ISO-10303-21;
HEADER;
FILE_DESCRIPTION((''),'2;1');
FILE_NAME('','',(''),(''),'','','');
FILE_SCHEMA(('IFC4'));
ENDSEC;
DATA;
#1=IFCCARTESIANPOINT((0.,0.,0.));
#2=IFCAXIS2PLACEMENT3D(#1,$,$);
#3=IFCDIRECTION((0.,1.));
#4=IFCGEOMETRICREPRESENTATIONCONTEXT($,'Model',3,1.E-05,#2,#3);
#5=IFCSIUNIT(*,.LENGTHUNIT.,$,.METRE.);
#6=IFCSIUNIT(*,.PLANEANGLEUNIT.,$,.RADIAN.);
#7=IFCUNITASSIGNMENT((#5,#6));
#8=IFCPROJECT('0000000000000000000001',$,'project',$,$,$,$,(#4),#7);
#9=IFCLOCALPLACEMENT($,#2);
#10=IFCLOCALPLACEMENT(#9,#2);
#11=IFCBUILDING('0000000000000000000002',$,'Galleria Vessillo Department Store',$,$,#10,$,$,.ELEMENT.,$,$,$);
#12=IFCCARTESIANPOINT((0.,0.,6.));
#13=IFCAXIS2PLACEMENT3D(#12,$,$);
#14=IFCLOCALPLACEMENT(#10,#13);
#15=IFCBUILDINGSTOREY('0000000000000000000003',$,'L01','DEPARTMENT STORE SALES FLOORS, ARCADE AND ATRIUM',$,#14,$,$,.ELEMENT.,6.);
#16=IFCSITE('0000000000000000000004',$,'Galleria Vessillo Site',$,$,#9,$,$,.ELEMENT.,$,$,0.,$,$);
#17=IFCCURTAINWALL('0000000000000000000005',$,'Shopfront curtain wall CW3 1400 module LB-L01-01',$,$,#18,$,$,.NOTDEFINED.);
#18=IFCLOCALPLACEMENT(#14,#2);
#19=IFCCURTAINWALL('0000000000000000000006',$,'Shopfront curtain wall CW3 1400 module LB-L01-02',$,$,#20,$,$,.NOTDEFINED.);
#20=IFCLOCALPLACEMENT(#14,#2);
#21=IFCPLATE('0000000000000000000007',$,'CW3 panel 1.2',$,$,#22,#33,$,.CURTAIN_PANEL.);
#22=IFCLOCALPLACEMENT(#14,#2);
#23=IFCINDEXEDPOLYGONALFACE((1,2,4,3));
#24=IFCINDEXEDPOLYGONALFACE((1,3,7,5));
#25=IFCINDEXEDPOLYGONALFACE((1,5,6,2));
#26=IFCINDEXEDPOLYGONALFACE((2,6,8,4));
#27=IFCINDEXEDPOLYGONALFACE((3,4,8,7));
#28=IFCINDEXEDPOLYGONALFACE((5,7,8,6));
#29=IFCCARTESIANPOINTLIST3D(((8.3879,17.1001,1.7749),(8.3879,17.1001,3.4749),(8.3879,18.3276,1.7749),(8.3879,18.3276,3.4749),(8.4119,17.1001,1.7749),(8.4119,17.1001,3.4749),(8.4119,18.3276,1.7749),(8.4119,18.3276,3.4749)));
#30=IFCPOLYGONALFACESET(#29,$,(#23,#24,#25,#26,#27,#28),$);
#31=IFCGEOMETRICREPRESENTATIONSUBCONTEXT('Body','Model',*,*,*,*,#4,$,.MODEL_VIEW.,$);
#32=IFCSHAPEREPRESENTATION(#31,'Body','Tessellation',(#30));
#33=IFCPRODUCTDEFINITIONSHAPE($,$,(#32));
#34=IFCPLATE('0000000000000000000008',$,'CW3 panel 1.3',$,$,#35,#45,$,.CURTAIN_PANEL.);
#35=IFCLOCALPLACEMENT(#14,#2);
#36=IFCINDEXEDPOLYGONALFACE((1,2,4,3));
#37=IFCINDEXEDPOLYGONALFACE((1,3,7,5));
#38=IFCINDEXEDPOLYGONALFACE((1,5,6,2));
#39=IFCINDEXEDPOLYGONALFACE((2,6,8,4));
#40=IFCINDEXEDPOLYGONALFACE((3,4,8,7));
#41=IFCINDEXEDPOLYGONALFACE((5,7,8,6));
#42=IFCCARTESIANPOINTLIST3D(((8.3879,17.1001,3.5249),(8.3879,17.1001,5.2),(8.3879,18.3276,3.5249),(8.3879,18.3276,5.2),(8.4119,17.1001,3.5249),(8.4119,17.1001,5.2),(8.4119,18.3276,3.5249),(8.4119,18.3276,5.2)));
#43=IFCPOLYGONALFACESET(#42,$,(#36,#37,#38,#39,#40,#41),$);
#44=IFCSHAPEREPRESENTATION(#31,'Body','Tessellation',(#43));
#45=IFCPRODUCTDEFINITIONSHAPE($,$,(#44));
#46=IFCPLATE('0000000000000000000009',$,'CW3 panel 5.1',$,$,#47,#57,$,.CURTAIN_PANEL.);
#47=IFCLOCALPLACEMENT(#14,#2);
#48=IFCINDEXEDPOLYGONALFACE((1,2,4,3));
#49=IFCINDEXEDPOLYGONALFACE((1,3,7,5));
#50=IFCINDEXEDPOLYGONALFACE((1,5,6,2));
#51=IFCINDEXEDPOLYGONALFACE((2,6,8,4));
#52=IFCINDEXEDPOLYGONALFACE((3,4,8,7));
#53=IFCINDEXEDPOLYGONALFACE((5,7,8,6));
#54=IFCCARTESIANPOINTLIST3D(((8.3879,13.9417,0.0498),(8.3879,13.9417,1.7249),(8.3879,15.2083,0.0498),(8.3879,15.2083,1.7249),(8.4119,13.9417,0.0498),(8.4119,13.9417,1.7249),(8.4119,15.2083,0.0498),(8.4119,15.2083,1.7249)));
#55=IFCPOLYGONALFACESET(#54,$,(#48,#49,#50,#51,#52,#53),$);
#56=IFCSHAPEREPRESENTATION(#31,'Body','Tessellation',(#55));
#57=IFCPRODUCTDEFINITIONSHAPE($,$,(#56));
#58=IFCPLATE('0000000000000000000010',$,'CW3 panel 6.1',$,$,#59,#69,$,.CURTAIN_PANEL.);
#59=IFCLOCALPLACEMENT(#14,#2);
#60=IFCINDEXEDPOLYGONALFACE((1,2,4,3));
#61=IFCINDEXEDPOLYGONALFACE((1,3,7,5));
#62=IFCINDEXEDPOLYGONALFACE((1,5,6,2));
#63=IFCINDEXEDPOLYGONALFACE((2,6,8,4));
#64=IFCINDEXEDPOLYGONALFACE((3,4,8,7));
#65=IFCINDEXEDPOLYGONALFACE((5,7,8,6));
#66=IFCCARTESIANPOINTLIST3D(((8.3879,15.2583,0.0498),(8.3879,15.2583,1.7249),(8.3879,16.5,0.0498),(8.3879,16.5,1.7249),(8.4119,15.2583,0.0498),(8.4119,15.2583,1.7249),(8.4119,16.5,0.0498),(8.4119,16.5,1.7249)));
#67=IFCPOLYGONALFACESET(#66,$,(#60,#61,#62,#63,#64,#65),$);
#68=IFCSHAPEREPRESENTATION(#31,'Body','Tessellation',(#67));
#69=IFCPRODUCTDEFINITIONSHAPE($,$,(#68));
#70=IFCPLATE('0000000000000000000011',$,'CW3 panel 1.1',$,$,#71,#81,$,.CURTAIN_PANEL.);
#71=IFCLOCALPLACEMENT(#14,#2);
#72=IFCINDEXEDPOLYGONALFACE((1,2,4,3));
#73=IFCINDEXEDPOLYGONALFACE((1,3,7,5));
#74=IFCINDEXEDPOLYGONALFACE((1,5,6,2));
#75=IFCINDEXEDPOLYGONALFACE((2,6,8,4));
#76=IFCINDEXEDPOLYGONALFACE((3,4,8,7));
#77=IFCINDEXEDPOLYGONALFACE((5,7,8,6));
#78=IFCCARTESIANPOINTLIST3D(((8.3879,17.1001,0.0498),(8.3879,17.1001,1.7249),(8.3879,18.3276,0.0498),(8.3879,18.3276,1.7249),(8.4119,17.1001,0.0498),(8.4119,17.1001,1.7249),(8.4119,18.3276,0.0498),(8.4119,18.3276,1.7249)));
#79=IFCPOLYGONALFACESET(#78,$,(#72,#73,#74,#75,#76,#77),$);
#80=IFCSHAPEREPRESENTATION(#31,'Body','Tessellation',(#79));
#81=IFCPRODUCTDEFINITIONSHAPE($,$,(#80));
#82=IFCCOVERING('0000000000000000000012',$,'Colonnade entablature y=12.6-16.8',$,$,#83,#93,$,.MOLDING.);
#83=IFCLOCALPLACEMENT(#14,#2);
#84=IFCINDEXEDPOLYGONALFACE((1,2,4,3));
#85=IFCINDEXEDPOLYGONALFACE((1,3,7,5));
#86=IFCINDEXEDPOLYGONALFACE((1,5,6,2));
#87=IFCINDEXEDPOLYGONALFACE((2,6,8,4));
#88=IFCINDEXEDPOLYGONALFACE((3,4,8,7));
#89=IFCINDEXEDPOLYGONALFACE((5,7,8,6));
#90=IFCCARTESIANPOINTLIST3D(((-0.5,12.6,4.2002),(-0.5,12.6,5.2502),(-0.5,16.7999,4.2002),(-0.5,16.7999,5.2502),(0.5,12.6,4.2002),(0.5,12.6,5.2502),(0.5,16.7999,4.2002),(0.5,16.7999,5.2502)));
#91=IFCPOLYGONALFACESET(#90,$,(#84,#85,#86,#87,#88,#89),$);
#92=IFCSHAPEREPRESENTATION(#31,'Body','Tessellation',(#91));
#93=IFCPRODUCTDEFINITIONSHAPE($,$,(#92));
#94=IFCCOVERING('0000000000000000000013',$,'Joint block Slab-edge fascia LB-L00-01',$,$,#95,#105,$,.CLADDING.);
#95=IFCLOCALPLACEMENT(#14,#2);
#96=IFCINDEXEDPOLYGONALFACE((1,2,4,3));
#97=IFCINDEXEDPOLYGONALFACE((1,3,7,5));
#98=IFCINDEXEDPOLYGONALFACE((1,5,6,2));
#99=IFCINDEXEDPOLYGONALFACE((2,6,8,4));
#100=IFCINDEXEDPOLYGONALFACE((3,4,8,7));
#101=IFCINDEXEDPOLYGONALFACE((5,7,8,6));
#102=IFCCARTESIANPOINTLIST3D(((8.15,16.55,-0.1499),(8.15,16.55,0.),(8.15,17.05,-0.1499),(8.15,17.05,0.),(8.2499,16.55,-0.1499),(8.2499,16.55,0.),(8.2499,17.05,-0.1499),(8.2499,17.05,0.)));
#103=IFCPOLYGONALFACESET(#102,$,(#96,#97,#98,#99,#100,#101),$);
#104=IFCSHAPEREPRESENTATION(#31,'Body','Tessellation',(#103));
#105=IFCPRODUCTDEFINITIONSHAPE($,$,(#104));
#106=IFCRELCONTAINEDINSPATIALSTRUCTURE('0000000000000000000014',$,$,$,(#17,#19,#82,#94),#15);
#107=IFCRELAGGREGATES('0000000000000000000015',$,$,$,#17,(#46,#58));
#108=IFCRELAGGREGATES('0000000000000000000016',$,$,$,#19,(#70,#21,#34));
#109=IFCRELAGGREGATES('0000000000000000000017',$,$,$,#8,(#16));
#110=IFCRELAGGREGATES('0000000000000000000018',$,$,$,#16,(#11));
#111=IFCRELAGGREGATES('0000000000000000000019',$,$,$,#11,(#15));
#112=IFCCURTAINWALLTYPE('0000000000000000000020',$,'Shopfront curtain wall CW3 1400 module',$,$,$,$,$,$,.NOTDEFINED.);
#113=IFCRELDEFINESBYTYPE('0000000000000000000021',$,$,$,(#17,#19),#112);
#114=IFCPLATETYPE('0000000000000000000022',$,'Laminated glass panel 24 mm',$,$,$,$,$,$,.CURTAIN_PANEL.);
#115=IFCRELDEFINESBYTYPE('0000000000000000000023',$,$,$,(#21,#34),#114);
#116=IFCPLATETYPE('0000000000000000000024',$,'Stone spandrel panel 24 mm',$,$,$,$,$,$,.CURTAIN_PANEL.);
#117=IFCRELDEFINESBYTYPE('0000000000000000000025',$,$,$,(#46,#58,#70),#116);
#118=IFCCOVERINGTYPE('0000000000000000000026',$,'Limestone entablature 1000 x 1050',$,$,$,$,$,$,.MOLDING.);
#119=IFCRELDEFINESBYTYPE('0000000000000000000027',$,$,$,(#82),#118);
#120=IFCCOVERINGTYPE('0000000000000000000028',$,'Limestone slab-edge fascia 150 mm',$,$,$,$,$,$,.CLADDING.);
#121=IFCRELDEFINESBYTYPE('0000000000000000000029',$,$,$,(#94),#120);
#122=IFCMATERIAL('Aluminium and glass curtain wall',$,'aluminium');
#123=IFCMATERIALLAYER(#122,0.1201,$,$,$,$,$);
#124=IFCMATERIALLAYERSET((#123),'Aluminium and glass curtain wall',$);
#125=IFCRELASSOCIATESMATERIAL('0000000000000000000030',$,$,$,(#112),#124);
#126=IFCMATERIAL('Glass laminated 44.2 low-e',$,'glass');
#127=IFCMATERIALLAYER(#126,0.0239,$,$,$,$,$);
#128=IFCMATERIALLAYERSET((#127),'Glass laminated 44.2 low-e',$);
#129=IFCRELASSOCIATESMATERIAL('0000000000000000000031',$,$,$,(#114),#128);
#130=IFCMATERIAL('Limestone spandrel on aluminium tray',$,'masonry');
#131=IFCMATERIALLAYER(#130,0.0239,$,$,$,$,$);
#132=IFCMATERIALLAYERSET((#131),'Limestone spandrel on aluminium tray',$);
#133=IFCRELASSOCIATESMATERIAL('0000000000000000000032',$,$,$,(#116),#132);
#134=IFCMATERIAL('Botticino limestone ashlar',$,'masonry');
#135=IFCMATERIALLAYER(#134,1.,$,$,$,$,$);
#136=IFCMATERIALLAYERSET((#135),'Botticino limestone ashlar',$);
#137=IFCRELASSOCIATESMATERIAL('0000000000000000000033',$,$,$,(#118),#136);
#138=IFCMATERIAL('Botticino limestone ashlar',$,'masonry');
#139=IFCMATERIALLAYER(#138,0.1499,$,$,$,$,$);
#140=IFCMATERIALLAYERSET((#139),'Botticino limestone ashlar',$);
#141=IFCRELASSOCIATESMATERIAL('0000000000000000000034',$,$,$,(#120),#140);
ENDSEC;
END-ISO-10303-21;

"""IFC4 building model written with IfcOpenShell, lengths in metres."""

from ifc_helpers import new_model, si_unit, direction, frame, origin, origin_2d, place, context, subcontext, project, spatial, rectangle, extrude, material, layer, layer_set, type_object, element, aggregate, save


model = new_model("IFC4")

# Units and contexts
model_context = context("Model", 3, precision=1e-05, world=origin(), true_north=direction((0.0, 1.0)))
body_context = subcontext(model_context, "Body", "Model", "MODEL_VIEW")
ifc_project = project(units=[si_unit("LENGTHUNIT", "METRE"), si_unit("PLANEANGLEUNIT", "RADIAN")], contexts=[model_context])

# Site, building, storey
site_placement = place(None, origin())
site = spatial("IfcSite", under=ifc_project, at=site_placement, Name="Galleria Vessillo Site", CompositionType="ELEMENT", RefElevation=0.0)
building_placement = place(site_placement, origin())
building = spatial("IfcBuilding", under=site, at=building_placement, Name="Galleria Vessillo Department Store", CompositionType="ELEMENT")
storey_placement = place(building_placement, frame((0.0, 0.0, 6.0)))
storey = spatial("IfcBuildingStorey", under=building, at=storey_placement, Name="L01", Description="DEPARTMENT STORE SALES FLOORS, ARCADE AND ATRIUM", CompositionType="ELEMENT", Elevation=6.0)

# Curtain walls
ifc_material_1 = material(Name="Aluminium and glass curtain wall", Category="aluminium")
ifc_layer_1 = layer(ifc_material_1, 0.1201)
ifc_layer_set_1 = layer_set([ifc_layer_1], Name="Aluminium and glass curtain wall")
curtain_wall_type = type_object("IfcCurtainWallType", Name="Shopfront curtain wall CW3 1400 module", PredefinedType="NOTDEFINED", material=ifc_layer_set_1)
curtain_wall_1_placement = place(storey_placement, origin())
curtain_wall_1 = element("IfcCurtainWall", 1, at=curtain_wall_1_placement, inside=storey, type_object=curtain_wall_type, Name="Shopfront curtain wall CW3 1400 module LB-L01-01", PredefinedType="NOTDEFINED")
curtain_wall_2_placement = place(storey_placement, origin())
curtain_wall_2 = element("IfcCurtainWall", 2, at=curtain_wall_2_placement, inside=storey, type_object=curtain_wall_type, Name="Shopfront curtain wall CW3 1400 module LB-L01-02", PredefinedType="NOTDEFINED")

# Plates
ifc_material_2 = material(Name="Glass laminated 44.2 low-e", Category="glass")
ifc_layer_2 = layer(ifc_material_2, 0.0239)
ifc_layer_set_2 = layer_set([ifc_layer_2], Name="Glass laminated 44.2 low-e")
plate_type_1 = type_object("IfcPlateType", Name="Laminated glass panel 24 mm", PredefinedType="CURTAIN_PANEL", material=ifc_layer_set_2)
plate_1_placement = place(storey_placement, frame((8.3999, 17.7139, 1.7749), z_axis=(0.0, 0.0, 1.0), x_axis=(0.0, 1.0, 0.0)))
plate_1 = element("IfcPlate", 3, at=plate_1_placement, type_object=plate_type_1, Name="CW3 panel 1.2", PredefinedType="CURTAIN_PANEL", context=body_context, shape_type="SweptSolid", body=[
    extrude(rectangle(XDim=1.2275, YDim=0.0239, at=origin_2d()), origin(), (0.0, 0.0, 1.0), 1.7),
])
plate_2_placement = place(storey_placement, frame((8.3999, 17.7139, 3.5249), z_axis=(0.0, 0.0, 1.0), x_axis=(0.0, 1.0, 0.0)))
plate_2 = element("IfcPlate", 4, at=plate_2_placement, type_object=plate_type_1, Name="CW3 panel 1.3", PredefinedType="CURTAIN_PANEL", context=body_context, shape_type="SweptSolid", body=[
    extrude(rectangle(XDim=1.2275, YDim=0.0239, at=origin_2d()), origin(), (0.0, 0.0, 1.0), 1.675),
])
ifc_material_3 = material(Name="Limestone spandrel on aluminium tray", Category="masonry")
ifc_layer_3 = layer(ifc_material_3, 0.0239)
ifc_layer_set_3 = layer_set([ifc_layer_3], Name="Limestone spandrel on aluminium tray")
plate_type_2 = type_object("IfcPlateType", Name="Stone spandrel panel 24 mm", PredefinedType="CURTAIN_PANEL", material=ifc_layer_set_3)
plate_3_placement = place(storey_placement, frame((8.3999, 14.575, 0.0498), z_axis=(0.0, 0.0, 1.0), x_axis=(0.0, 1.0, 0.0)))
plate_3 = element("IfcPlate", 5, at=plate_3_placement, type_object=plate_type_2, Name="CW3 panel 5.1", PredefinedType="CURTAIN_PANEL", context=body_context, shape_type="SweptSolid", body=[
    extrude(rectangle(XDim=1.2666, YDim=0.0239, at=origin_2d()), origin(), (0.0, 0.0, 1.0), 1.675),
])
plate_4_placement = place(storey_placement, frame((8.3999, 15.8792, 0.0498), z_axis=(0.0, 0.0, 1.0), x_axis=(0.0, 1.0, 0.0)))
plate_4 = element("IfcPlate", 6, at=plate_4_placement, type_object=plate_type_2, Name="CW3 panel 6.1", PredefinedType="CURTAIN_PANEL", context=body_context, shape_type="SweptSolid", body=[
    extrude(rectangle(XDim=1.2417, YDim=0.0239, at=origin_2d()), origin(), (0.0, 0.0, 1.0), 1.675),
])
aggregate(curtain_wall_1, [plate_3, plate_4])
plate_5_placement = place(storey_placement, frame((8.3999, 17.7139, 0.0498), z_axis=(0.0, 0.0, 1.0), x_axis=(0.0, 1.0, 0.0)))
plate_5 = element("IfcPlate", 7, at=plate_5_placement, type_object=plate_type_2, Name="CW3 panel 1.1", PredefinedType="CURTAIN_PANEL", context=body_context, shape_type="SweptSolid", body=[
    extrude(rectangle(XDim=1.2275, YDim=0.0239, at=origin_2d()), origin(), (0.0, 0.0, 1.0), 1.675),
])
aggregate(curtain_wall_2, [plate_5, plate_1, plate_2])

# Coverings
ifc_material_4 = material(Name="Botticino limestone ashlar", Category="masonry")
ifc_layer_4 = layer(ifc_material_4, 1.0)
ifc_layer_set_4 = layer_set([ifc_layer_4], Name="Botticino limestone ashlar")
covering_type_1 = type_object("IfcCoveringType", Name="Limestone entablature 1000 x 1050", PredefinedType="MOLDING", material=ifc_layer_set_4)
covering_1_placement = place(storey_placement, frame((0.0, 14.7, 4.2002), z_axis=(0.0, 0.0, 1.0), x_axis=(1.0, 0.0, 0.0)))
element("IfcCovering", 8, at=covering_1_placement, inside=storey, type_object=covering_type_1, Name="Colonnade entablature y=12.6-16.8", PredefinedType="MOLDING", context=body_context, shape_type="SweptSolid", body=[
    extrude(rectangle(XDim=1.0, YDim=4.2, at=origin_2d()), origin(), (0.0, 0.0, 1.0), 1.05),
])
ifc_material_5 = material(Name="Botticino limestone ashlar", Category="masonry")
ifc_layer_5 = layer(ifc_material_5, 0.1499)
ifc_layer_set_5 = layer_set([ifc_layer_5], Name="Botticino limestone ashlar")
covering_type_2 = type_object("IfcCoveringType", Name="Limestone slab-edge fascia 150 mm", PredefinedType="CLADDING", material=ifc_layer_set_5)
covering_2_placement = place(storey_placement, frame((8.2, 16.8, -0.1499), z_axis=(0.0, 0.0, 1.0), x_axis=(1.0, 0.0, 0.0)))
element("IfcCovering", 9, at=covering_2_placement, inside=storey, type_object=covering_type_2, Name="Joint block Slab-edge fascia LB-L00-01", PredefinedType="CLADDING", context=body_context, shape_type="SweptSolid", body=[
    extrude(rectangle(XDim=0.0999, YDim=0.5, at=origin_2d()), origin(), (0.0, 0.0, 1.0), 0.1499),
])

save(model, "model.ifc")
